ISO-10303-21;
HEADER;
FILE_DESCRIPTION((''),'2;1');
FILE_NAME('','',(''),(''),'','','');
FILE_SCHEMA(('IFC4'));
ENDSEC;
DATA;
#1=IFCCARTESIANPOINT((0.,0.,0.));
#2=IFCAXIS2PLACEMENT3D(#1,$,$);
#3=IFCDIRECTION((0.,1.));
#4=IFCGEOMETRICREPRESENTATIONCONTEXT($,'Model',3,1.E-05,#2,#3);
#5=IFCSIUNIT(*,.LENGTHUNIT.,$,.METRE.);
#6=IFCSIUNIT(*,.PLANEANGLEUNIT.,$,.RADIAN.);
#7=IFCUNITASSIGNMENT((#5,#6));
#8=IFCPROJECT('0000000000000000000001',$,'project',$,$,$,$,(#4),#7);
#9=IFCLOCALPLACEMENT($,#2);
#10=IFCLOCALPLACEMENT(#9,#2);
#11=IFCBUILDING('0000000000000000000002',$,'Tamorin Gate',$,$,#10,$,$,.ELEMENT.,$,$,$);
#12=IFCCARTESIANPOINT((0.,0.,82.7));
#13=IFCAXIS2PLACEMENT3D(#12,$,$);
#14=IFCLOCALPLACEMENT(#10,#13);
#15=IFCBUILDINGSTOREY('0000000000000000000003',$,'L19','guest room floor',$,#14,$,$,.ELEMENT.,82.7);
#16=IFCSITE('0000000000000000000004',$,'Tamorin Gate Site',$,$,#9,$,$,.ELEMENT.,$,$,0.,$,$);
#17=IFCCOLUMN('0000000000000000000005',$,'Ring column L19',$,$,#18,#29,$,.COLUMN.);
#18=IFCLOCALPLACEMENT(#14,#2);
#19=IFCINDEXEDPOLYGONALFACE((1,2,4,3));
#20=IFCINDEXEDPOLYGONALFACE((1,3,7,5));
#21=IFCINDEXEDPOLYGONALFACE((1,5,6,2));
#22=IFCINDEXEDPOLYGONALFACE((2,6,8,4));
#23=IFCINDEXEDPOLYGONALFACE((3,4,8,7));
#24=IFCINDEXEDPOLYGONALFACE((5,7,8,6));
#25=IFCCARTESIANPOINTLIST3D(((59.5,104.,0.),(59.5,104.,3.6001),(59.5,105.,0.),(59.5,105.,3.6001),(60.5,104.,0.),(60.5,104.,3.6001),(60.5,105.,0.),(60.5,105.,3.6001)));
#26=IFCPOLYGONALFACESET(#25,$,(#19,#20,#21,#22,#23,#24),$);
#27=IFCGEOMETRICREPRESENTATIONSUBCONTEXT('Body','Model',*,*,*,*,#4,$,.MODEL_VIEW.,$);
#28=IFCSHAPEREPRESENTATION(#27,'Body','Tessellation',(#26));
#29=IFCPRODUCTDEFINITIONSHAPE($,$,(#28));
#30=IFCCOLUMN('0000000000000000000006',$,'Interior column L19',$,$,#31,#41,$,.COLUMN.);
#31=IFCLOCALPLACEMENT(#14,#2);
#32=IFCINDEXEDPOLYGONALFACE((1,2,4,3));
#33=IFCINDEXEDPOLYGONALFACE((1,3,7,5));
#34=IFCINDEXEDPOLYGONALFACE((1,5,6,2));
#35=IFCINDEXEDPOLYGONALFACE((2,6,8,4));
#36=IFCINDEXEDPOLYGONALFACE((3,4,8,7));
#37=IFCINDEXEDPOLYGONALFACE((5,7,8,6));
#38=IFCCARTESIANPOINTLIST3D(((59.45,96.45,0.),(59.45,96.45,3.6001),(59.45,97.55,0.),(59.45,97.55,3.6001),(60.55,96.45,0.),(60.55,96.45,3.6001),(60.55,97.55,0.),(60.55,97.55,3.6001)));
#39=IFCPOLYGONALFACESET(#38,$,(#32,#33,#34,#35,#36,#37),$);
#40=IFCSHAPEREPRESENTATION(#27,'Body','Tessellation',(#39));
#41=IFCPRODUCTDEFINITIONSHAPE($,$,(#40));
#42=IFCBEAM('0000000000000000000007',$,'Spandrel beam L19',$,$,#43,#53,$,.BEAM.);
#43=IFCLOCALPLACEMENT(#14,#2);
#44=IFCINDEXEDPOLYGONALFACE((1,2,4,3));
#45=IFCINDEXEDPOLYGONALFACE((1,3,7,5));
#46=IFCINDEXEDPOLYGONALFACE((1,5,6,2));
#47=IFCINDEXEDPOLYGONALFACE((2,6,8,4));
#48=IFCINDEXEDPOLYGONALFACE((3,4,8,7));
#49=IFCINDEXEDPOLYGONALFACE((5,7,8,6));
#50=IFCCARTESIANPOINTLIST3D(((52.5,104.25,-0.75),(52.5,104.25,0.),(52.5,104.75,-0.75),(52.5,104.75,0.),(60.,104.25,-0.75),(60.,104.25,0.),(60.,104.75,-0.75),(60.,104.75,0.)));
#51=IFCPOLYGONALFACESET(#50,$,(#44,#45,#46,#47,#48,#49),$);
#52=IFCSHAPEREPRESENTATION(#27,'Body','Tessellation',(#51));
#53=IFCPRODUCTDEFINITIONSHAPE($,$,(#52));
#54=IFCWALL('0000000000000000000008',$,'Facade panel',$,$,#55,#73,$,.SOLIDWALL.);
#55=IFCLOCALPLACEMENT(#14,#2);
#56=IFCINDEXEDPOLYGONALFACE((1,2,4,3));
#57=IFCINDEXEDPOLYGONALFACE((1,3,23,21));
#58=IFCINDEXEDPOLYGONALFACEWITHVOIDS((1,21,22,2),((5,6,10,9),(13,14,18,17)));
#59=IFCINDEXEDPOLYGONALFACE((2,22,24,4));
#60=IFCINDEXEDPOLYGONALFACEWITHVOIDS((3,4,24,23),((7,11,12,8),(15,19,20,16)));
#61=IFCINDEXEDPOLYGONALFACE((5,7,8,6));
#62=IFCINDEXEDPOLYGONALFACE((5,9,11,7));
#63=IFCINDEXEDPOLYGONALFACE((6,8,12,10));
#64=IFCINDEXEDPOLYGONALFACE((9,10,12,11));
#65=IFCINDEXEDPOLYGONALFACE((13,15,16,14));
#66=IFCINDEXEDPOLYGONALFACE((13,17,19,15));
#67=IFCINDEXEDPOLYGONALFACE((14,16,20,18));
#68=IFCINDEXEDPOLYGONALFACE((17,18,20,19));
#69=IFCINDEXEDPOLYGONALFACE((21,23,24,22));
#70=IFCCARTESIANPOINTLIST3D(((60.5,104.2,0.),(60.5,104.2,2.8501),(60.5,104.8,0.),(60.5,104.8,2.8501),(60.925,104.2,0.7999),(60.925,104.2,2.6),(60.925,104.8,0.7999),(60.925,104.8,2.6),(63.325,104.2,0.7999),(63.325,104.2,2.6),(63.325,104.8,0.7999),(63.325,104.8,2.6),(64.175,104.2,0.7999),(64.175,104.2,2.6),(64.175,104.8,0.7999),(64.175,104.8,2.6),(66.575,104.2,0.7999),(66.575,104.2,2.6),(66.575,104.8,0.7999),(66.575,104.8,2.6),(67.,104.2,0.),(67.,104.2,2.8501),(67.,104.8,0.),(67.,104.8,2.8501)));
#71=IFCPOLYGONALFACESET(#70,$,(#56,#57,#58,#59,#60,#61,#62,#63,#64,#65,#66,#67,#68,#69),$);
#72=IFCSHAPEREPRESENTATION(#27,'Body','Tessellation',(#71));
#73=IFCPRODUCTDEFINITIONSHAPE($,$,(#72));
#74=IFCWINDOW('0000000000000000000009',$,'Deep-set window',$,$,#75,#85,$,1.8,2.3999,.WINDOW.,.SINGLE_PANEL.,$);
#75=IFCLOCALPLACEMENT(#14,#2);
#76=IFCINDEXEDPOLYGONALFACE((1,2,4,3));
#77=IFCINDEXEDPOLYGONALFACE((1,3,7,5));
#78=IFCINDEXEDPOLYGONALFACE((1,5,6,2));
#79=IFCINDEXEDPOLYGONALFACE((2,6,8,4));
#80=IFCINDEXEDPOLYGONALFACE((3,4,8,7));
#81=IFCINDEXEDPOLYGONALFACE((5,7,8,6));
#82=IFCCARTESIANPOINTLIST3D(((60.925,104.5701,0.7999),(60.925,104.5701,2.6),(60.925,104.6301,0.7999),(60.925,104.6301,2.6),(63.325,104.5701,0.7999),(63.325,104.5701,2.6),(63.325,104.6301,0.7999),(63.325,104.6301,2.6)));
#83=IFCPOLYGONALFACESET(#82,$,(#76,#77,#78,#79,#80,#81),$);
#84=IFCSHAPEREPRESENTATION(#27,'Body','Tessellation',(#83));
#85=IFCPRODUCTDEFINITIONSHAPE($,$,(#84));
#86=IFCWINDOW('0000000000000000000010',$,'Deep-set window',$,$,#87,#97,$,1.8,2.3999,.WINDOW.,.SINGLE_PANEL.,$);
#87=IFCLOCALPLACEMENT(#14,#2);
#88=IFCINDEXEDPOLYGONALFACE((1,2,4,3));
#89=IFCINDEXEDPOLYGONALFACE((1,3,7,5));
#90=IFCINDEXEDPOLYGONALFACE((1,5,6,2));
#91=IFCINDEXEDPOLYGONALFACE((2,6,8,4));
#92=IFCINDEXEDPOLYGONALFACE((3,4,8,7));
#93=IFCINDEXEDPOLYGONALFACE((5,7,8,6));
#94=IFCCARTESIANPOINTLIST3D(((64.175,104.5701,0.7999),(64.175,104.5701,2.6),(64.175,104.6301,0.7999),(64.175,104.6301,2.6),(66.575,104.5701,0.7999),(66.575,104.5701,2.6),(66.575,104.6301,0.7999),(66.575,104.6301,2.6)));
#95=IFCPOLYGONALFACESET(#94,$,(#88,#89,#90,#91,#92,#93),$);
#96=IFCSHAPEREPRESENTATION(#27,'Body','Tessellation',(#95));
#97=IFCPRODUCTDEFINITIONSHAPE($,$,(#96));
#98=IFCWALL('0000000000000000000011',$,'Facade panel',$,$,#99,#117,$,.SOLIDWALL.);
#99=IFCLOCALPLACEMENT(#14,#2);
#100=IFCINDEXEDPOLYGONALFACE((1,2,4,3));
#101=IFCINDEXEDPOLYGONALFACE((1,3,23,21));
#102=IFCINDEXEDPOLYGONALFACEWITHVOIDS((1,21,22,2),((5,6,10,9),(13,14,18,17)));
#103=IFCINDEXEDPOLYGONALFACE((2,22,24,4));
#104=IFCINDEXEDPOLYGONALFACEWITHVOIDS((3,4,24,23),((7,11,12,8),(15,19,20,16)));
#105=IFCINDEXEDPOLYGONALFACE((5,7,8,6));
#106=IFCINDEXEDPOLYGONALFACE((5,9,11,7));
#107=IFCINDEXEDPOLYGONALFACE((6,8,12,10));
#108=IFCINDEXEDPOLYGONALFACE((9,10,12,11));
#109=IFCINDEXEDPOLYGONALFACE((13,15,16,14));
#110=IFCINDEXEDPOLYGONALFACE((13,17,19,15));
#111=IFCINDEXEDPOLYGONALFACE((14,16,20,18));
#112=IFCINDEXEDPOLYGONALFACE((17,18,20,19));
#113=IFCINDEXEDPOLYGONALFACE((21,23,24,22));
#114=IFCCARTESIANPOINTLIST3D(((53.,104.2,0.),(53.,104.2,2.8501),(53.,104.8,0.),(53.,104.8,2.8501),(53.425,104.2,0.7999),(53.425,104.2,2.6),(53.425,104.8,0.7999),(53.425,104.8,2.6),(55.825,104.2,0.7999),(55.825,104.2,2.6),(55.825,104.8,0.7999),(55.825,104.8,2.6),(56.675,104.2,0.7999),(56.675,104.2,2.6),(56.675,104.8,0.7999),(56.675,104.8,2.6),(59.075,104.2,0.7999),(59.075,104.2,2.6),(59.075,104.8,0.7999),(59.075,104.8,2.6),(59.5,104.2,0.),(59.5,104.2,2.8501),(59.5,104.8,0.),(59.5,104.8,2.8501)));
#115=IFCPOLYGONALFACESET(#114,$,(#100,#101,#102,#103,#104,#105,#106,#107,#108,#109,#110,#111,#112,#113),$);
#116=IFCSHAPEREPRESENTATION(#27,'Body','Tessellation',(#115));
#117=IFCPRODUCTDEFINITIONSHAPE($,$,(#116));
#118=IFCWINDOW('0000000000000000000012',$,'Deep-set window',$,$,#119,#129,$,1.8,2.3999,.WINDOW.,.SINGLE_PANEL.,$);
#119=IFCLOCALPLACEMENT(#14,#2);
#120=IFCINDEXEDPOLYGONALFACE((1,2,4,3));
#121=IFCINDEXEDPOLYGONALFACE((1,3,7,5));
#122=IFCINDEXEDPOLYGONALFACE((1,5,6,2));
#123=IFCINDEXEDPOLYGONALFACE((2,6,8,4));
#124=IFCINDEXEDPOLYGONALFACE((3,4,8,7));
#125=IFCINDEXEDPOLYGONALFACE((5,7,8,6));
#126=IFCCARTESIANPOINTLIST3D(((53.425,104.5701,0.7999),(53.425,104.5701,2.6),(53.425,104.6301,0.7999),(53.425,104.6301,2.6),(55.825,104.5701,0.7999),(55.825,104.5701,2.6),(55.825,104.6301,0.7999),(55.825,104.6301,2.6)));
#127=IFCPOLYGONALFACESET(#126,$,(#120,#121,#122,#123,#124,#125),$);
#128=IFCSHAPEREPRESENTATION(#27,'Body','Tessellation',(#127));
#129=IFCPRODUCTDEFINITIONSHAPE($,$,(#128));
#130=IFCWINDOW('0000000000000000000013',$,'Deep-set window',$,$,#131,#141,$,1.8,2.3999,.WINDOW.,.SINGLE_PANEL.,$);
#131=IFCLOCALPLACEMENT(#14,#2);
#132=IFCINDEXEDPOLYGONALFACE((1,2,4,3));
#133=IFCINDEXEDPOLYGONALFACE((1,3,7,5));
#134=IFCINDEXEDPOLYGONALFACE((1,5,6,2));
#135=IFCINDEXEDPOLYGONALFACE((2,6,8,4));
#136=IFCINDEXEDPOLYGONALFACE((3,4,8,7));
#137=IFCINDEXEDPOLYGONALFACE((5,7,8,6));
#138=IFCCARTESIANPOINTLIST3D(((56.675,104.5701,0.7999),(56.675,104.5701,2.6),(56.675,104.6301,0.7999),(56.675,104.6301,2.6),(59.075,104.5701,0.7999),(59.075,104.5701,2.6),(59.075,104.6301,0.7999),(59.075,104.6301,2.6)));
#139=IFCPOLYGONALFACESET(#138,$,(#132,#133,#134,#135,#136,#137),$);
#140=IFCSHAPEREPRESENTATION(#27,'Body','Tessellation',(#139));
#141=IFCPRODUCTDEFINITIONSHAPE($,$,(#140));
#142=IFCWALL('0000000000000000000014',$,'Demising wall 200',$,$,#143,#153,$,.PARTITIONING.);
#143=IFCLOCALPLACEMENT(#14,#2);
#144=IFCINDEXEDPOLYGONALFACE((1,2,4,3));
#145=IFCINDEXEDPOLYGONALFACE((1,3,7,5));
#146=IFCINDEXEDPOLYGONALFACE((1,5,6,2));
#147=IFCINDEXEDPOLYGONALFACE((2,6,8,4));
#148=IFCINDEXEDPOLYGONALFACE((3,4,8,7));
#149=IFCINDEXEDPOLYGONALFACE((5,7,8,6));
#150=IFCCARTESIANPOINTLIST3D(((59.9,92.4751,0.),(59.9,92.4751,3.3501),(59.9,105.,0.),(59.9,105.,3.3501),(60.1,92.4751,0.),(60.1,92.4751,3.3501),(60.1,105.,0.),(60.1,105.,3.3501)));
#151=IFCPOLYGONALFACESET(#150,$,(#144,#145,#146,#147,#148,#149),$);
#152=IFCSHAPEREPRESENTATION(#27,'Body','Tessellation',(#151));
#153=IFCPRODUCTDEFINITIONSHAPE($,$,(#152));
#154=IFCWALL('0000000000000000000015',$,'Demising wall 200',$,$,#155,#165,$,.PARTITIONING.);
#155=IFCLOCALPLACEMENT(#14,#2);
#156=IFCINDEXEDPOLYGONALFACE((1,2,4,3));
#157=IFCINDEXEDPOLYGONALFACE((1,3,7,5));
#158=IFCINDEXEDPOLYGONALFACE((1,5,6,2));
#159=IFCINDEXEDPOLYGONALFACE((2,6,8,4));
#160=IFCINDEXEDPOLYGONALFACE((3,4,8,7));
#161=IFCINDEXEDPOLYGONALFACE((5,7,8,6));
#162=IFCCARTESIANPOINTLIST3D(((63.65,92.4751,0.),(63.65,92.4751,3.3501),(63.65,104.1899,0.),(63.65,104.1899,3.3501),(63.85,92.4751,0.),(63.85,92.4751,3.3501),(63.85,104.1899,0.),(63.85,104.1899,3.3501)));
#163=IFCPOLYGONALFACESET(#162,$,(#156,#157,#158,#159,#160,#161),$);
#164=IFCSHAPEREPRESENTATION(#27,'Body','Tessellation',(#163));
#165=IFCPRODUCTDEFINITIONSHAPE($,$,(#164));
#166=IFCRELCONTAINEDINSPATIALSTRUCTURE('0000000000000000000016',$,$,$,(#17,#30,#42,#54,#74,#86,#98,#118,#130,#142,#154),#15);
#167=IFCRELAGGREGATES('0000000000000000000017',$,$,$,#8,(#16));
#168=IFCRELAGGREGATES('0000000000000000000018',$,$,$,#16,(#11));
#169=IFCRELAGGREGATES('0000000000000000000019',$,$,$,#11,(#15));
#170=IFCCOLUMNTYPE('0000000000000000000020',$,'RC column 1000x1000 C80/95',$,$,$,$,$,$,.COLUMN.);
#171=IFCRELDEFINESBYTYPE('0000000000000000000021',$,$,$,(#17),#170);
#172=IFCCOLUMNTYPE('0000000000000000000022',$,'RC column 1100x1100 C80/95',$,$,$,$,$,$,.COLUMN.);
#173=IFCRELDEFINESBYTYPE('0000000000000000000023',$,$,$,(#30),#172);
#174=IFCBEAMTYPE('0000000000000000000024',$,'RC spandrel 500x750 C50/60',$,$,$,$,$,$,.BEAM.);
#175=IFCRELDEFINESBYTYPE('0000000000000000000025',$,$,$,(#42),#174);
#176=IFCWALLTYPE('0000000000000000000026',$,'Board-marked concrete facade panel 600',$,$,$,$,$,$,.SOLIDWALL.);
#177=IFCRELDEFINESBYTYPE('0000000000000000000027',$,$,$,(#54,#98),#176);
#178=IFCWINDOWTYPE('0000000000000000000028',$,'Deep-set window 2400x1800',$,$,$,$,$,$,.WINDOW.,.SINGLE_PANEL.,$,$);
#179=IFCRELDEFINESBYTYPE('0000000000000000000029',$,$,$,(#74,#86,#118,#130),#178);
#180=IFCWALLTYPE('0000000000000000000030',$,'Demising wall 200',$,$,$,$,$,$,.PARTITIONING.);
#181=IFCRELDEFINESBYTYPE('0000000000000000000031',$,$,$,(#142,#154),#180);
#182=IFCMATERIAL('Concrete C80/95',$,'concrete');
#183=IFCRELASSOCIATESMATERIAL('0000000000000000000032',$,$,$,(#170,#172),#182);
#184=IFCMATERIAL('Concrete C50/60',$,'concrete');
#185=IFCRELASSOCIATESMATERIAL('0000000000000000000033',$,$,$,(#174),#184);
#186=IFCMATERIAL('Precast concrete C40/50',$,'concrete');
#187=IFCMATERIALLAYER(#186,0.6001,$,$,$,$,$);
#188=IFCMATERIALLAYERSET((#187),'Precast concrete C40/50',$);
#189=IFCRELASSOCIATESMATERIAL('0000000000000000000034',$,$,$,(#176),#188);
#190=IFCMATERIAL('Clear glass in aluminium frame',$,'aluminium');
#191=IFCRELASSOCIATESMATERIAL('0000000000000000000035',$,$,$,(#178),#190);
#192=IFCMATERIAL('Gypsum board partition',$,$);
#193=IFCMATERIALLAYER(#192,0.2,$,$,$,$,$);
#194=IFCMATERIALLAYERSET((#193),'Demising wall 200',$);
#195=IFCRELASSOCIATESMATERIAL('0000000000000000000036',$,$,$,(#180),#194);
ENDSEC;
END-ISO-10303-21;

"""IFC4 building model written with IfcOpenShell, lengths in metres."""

from ifc_helpers import new_model, si_unit, direction, frame, frame_2d, origin, origin_2d, place, context, subcontext, project, spatial, rectangle, extrude, material, layer, layer_set, material_profile, profile_set, type_object, element, fill, save


model = new_model("IFC4")

# Units and contexts
model_context = context("Model", 3, precision=1e-05, world=origin(), true_north=direction((0.0, 1.0)))
body_context = subcontext(model_context, "Body", "Model", "MODEL_VIEW")
ifc_project = project(units=[si_unit("LENGTHUNIT", "METRE"), si_unit("PLANEANGLEUNIT", "RADIAN")], contexts=[model_context])

# Site, building, storey
site_placement = place(None, origin())
site = spatial("IfcSite", under=ifc_project, at=site_placement, Name="Tamorin Gate Site", CompositionType="ELEMENT", RefElevation=0.0)
building_placement = place(site_placement, origin())
building = spatial("IfcBuilding", under=site, at=building_placement, Name="Tamorin Gate", CompositionType="ELEMENT")
storey_placement = place(building_placement, frame((0.0, 0.0, 82.7)))
storey = spatial("IfcBuildingStorey", under=building, at=storey_placement, Name="L19", Description="guest room floor", CompositionType="ELEMENT", Elevation=82.7)

# Columns
ifc_material_1 = material(Name="Concrete C80/95", Category="concrete")
ifc_material_profile_1 = material_profile(ifc_material_1, rectangle(XDim=1.0, YDim=1.0, at=origin_2d()), Name="RC 1000x1000")
ifc_profile_set_1 = profile_set([ifc_material_profile_1], Name="Concrete C80/95")
column_type_1 = type_object("IfcColumnType", Name="RC column 1000x1000 C80/95", PredefinedType="COLUMN", material=ifc_profile_set_1)
column_1_placement = place(storey_placement, frame((60.0, 104.5, 0.0), z_axis=(0.0, 0.0, 1.0), x_axis=(1.0, 0.0, 0.0)))
element("IfcColumn", 1, at=column_1_placement, inside=storey, type_object=column_type_1, Name="Ring column L19", PredefinedType="COLUMN", context=body_context, shape_type="SweptSolid", body=[
    extrude(rectangle(XDim=1.0, YDim=1.0, at=origin_2d()), origin(), (0.0, 0.0, 1.0), 3.6001),
])
ifc_material_profile_2 = material_profile(ifc_material_1, rectangle(XDim=1.1001, YDim=1.1001, at=origin_2d()), Name="RC 1100x1100")
ifc_profile_set_2 = profile_set([ifc_material_profile_2], Name="Concrete C80/95")
column_type_2 = type_object("IfcColumnType", Name="RC column 1100x1100 C80/95", PredefinedType="COLUMN", material=ifc_profile_set_2)
column_2_placement = place(storey_placement, frame((60.0, 97.0, 0.0), z_axis=(0.0, 0.0, 1.0), x_axis=(1.0, 0.0, 0.0)))
element("IfcColumn", 2, at=column_2_placement, inside=storey, type_object=column_type_2, Name="Interior column L19", PredefinedType="COLUMN", context=body_context, shape_type="SweptSolid", body=[
    extrude(rectangle(XDim=1.1001, YDim=1.1001, at=origin_2d()), origin(), (0.0, 0.0, 1.0), 3.6001),
])

# Beam
ifc_material_2 = material(Name="Concrete C50/60", Category="concrete")
ifc_material_profile_3 = material_profile(ifc_material_2, rectangle(XDim=0.5, YDim=0.75, at=origin_2d()), Name="RC 500x750")
ifc_profile_set_3 = profile_set([ifc_material_profile_3], Name="Concrete C50/60")
beam_type = type_object("IfcBeamType", Name="RC spandrel 500x750 C50/60", PredefinedType="BEAM", material=ifc_profile_set_3)
beam_placement = place(storey_placement, frame((60.0, 104.5, -0.375), z_axis=(-1.0, 0.0, 0.0), x_axis=(0.0, -1.0, 0.0)))
element("IfcBeam", 3, at=beam_placement, inside=storey, type_object=beam_type, Name="Spandrel beam L19", PredefinedType="BEAM", context=body_context, shape_type="SweptSolid", body=[
    extrude(rectangle(XDim=0.5, YDim=0.75, at=origin_2d()), origin(), (0.0, 0.0, 1.0), 7.5),
])

# Walls, openings, windows
ifc_material_3 = material(Name="Precast concrete C40/50", Category="concrete")
ifc_layer_1 = layer(ifc_material_3, 0.6001)
ifc_layer_set_1 = layer_set([ifc_layer_1], Name="Precast concrete C40/50")
wall_type_1 = type_object("IfcWallType", Name="Board-marked concrete facade panel 600", PredefinedType="SOLIDWALL", material=ifc_layer_set_1)
wall_1_placement = place(storey_placement, frame((67.0, 104.5, 0.0), z_axis=(0.0, 0.0, 1.0), x_axis=(-1.0, 0.0, 0.0)))
wall_1 = element("IfcWall", 4, at=wall_1_placement, inside=storey, type_object=wall_type_1, Name="Facade panel", PredefinedType="SOLIDWALL", context=body_context, shape_type="SweptSolid", body=[
    extrude(rectangle(XDim=6.5, YDim=0.6001, at=frame_2d((3.25, 0.0))), origin(), (0.0, 0.0, 1.0), 2.8501),
])
opening_1_placement = place(wall_1_placement, frame((3.675, 0.0, 0.8)))
opening_1 = element("IfcOpeningElement", 5, at=opening_1_placement, cuts=wall_1, PredefinedType="OPENING", context=body_context, shape_type="SweptSolid", body=[
    extrude(rectangle(XDim=2.3999, YDim=1.8, at=frame_2d((1.2, 0.8999))), frame((0.0, 0.3101, 0.0), z_axis=(0.0, -1.0, 0.0), x_axis=(1.0, 0.0, 0.0)), (0.0, 0.0, 1.0), 0.6201),
])
opening_2_placement = place(wall_1_placement, frame((0.425, 0.0, 0.8)))
opening_2 = element("IfcOpeningElement", 6, at=opening_2_placement, cuts=wall_1, PredefinedType="OPENING", context=body_context, shape_type="SweptSolid", body=[
    extrude(rectangle(XDim=2.3999, YDim=1.8, at=frame_2d((1.2, 0.8999))), frame((0.0, 0.3101, 0.0), z_axis=(0.0, -1.0, 0.0), x_axis=(1.0, 0.0, 0.0)), (0.0, 0.0, 1.0), 0.6201),
])
ifc_material_4 = material(Name="Clear glass in aluminium frame", Category="aluminium")
window_type = type_object("IfcWindowType", Name="Deep-set window 2400x1800", PartitioningType="SINGLE_PANEL", PredefinedType="WINDOW", material=ifc_material_4)
window_1_placement = place(opening_1_placement, origin())
window_1 = element("IfcWindow", 7, at=window_1_placement, inside=storey, type_object=window_type, Name="Deep-set window", OverallHeight=1.8, OverallWidth=2.3999, PartitioningType="SINGLE_PANEL", PredefinedType="WINDOW", context=body_context, shape_type="SweptSolid", body=[
    extrude(rectangle(XDim=2.3999, YDim=1.8, at=frame_2d((1.2, 0.8999))), frame((0.0, -0.0701, 0.0), z_axis=(0.0, -1.0, 0.0), x_axis=(1.0, 0.0, 0.0)), (0.0, 0.0, 1.0), 0.0601),
])
fill(opening_1, window_1)
window_2_placement = place(opening_2_placement, origin())
window_2 = element("IfcWindow", 8, at=window_2_placement, inside=storey, type_object=window_type, Name="Deep-set window", OverallHeight=1.8, OverallWidth=2.3999, PartitioningType="SINGLE_PANEL", PredefinedType="WINDOW", context=body_context, shape_type="SweptSolid", body=[
    extrude(rectangle(XDim=2.3999, YDim=1.8, at=frame_2d((1.2, 0.8999))), frame((0.0, -0.0701, 0.0), z_axis=(0.0, -1.0, 0.0), x_axis=(1.0, 0.0, 0.0)), (0.0, 0.0, 1.0), 0.0601),
])
fill(opening_2, window_2)
wall_2_placement = place(storey_placement, frame((59.5, 104.5, 0.0), z_axis=(0.0, 0.0, 1.0), x_axis=(-1.0, 0.0, 0.0)))
wall_2 = element("IfcWall", 9, at=wall_2_placement, inside=storey, type_object=wall_type_1, Name="Facade panel", PredefinedType="SOLIDWALL", context=body_context, shape_type="SweptSolid", body=[
    extrude(rectangle(XDim=6.5, YDim=0.6001, at=frame_2d((3.25, 0.0))), origin(), (0.0, 0.0, 1.0), 2.8501),
])
opening_3_placement = place(wall_2_placement, frame((3.675, 0.0, 0.8)))
opening_3 = element("IfcOpeningElement", 10, at=opening_3_placement, cuts=wall_2, PredefinedType="OPENING", context=body_context, shape_type="SweptSolid", body=[
    extrude(rectangle(XDim=2.3999, YDim=1.8, at=frame_2d((1.2, 0.8999))), frame((0.0, 0.3101, 0.0), z_axis=(0.0, -1.0, 0.0), x_axis=(1.0, 0.0, 0.0)), (0.0, 0.0, 1.0), 0.6201),
])
opening_4_placement = place(wall_2_placement, frame((0.425, 0.0, 0.8)))
opening_4 = element("IfcOpeningElement", 11, at=opening_4_placement, cuts=wall_2, PredefinedType="OPENING", context=body_context, shape_type="SweptSolid", body=[
    extrude(rectangle(XDim=2.3999, YDim=1.8, at=frame_2d((1.2, 0.8999))), frame((0.0, 0.3101, 0.0), z_axis=(0.0, -1.0, 0.0), x_axis=(1.0, 0.0, 0.0)), (0.0, 0.0, 1.0), 0.6201),
])
window_3_placement = place(opening_3_placement, origin())
window_3 = element("IfcWindow", 12, at=window_3_placement, inside=storey, type_object=window_type, Name="Deep-set window", OverallHeight=1.8, OverallWidth=2.3999, PartitioningType="SINGLE_PANEL", PredefinedType="WINDOW", context=body_context, shape_type="SweptSolid", body=[
    extrude(rectangle(XDim=2.3999, YDim=1.8, at=frame_2d((1.2, 0.8999))), frame((0.0, -0.0701, 0.0), z_axis=(0.0, -1.0, 0.0), x_axis=(1.0, 0.0, 0.0)), (0.0, 0.0, 1.0), 0.0601),
])
fill(opening_3, window_3)
window_4_placement = place(opening_4_placement, origin())
window_4 = element("IfcWindow", 13, at=window_4_placement, inside=storey, type_object=window_type, Name="Deep-set window", OverallHeight=1.8, OverallWidth=2.3999, PartitioningType="SINGLE_PANEL", PredefinedType="WINDOW", context=body_context, shape_type="SweptSolid", body=[
    extrude(rectangle(XDim=2.3999, YDim=1.8, at=frame_2d((1.2, 0.8999))), frame((0.0, -0.0701, 0.0), z_axis=(0.0, -1.0, 0.0), x_axis=(1.0, 0.0, 0.0)), (0.0, 0.0, 1.0), 0.0601),
])
fill(opening_4, window_4)

# Walls
ifc_material_5 = material(Name="Gypsum board partition")
ifc_layer_2 = layer(ifc_material_5, 0.2)
ifc_layer_set_2 = layer_set([ifc_layer_2], Name="Demising wall 200")
wall_type_2 = type_object("IfcWallType", Name="Demising wall 200", PredefinedType="PARTITIONING", material=ifc_layer_set_2)
wall_3_placement = place(storey_placement, frame((60.0, 92.4751, 0.0), z_axis=(0.0, 0.0, 1.0), x_axis=(0.0, 1.0, 0.0)))
element("IfcWall", 14, at=wall_3_placement, inside=storey, type_object=wall_type_2, Name="Demising wall 200", PredefinedType="PARTITIONING", context=body_context, shape_type="SweptSolid", body=[
    extrude(rectangle(XDim=12.5249, YDim=0.2, at=frame_2d((6.2625, 0.0))), origin(), (0.0, 0.0, 1.0), 3.3501),
])
wall_4_placement = place(storey_placement, frame((63.75, 92.4751, 0.0), z_axis=(0.0, 0.0, 1.0), x_axis=(0.0, 1.0, 0.0)))
element("IfcWall", 15, at=wall_4_placement, inside=storey, type_object=wall_type_2, Name="Demising wall 200", PredefinedType="PARTITIONING", context=body_context, shape_type="SweptSolid", body=[
    extrude(rectangle(XDim=11.7148, YDim=0.2, at=frame_2d((5.8574, 0.0))), origin(), (0.0, 0.0, 1.0), 3.3501),
])

save(model, "model.ifc")
